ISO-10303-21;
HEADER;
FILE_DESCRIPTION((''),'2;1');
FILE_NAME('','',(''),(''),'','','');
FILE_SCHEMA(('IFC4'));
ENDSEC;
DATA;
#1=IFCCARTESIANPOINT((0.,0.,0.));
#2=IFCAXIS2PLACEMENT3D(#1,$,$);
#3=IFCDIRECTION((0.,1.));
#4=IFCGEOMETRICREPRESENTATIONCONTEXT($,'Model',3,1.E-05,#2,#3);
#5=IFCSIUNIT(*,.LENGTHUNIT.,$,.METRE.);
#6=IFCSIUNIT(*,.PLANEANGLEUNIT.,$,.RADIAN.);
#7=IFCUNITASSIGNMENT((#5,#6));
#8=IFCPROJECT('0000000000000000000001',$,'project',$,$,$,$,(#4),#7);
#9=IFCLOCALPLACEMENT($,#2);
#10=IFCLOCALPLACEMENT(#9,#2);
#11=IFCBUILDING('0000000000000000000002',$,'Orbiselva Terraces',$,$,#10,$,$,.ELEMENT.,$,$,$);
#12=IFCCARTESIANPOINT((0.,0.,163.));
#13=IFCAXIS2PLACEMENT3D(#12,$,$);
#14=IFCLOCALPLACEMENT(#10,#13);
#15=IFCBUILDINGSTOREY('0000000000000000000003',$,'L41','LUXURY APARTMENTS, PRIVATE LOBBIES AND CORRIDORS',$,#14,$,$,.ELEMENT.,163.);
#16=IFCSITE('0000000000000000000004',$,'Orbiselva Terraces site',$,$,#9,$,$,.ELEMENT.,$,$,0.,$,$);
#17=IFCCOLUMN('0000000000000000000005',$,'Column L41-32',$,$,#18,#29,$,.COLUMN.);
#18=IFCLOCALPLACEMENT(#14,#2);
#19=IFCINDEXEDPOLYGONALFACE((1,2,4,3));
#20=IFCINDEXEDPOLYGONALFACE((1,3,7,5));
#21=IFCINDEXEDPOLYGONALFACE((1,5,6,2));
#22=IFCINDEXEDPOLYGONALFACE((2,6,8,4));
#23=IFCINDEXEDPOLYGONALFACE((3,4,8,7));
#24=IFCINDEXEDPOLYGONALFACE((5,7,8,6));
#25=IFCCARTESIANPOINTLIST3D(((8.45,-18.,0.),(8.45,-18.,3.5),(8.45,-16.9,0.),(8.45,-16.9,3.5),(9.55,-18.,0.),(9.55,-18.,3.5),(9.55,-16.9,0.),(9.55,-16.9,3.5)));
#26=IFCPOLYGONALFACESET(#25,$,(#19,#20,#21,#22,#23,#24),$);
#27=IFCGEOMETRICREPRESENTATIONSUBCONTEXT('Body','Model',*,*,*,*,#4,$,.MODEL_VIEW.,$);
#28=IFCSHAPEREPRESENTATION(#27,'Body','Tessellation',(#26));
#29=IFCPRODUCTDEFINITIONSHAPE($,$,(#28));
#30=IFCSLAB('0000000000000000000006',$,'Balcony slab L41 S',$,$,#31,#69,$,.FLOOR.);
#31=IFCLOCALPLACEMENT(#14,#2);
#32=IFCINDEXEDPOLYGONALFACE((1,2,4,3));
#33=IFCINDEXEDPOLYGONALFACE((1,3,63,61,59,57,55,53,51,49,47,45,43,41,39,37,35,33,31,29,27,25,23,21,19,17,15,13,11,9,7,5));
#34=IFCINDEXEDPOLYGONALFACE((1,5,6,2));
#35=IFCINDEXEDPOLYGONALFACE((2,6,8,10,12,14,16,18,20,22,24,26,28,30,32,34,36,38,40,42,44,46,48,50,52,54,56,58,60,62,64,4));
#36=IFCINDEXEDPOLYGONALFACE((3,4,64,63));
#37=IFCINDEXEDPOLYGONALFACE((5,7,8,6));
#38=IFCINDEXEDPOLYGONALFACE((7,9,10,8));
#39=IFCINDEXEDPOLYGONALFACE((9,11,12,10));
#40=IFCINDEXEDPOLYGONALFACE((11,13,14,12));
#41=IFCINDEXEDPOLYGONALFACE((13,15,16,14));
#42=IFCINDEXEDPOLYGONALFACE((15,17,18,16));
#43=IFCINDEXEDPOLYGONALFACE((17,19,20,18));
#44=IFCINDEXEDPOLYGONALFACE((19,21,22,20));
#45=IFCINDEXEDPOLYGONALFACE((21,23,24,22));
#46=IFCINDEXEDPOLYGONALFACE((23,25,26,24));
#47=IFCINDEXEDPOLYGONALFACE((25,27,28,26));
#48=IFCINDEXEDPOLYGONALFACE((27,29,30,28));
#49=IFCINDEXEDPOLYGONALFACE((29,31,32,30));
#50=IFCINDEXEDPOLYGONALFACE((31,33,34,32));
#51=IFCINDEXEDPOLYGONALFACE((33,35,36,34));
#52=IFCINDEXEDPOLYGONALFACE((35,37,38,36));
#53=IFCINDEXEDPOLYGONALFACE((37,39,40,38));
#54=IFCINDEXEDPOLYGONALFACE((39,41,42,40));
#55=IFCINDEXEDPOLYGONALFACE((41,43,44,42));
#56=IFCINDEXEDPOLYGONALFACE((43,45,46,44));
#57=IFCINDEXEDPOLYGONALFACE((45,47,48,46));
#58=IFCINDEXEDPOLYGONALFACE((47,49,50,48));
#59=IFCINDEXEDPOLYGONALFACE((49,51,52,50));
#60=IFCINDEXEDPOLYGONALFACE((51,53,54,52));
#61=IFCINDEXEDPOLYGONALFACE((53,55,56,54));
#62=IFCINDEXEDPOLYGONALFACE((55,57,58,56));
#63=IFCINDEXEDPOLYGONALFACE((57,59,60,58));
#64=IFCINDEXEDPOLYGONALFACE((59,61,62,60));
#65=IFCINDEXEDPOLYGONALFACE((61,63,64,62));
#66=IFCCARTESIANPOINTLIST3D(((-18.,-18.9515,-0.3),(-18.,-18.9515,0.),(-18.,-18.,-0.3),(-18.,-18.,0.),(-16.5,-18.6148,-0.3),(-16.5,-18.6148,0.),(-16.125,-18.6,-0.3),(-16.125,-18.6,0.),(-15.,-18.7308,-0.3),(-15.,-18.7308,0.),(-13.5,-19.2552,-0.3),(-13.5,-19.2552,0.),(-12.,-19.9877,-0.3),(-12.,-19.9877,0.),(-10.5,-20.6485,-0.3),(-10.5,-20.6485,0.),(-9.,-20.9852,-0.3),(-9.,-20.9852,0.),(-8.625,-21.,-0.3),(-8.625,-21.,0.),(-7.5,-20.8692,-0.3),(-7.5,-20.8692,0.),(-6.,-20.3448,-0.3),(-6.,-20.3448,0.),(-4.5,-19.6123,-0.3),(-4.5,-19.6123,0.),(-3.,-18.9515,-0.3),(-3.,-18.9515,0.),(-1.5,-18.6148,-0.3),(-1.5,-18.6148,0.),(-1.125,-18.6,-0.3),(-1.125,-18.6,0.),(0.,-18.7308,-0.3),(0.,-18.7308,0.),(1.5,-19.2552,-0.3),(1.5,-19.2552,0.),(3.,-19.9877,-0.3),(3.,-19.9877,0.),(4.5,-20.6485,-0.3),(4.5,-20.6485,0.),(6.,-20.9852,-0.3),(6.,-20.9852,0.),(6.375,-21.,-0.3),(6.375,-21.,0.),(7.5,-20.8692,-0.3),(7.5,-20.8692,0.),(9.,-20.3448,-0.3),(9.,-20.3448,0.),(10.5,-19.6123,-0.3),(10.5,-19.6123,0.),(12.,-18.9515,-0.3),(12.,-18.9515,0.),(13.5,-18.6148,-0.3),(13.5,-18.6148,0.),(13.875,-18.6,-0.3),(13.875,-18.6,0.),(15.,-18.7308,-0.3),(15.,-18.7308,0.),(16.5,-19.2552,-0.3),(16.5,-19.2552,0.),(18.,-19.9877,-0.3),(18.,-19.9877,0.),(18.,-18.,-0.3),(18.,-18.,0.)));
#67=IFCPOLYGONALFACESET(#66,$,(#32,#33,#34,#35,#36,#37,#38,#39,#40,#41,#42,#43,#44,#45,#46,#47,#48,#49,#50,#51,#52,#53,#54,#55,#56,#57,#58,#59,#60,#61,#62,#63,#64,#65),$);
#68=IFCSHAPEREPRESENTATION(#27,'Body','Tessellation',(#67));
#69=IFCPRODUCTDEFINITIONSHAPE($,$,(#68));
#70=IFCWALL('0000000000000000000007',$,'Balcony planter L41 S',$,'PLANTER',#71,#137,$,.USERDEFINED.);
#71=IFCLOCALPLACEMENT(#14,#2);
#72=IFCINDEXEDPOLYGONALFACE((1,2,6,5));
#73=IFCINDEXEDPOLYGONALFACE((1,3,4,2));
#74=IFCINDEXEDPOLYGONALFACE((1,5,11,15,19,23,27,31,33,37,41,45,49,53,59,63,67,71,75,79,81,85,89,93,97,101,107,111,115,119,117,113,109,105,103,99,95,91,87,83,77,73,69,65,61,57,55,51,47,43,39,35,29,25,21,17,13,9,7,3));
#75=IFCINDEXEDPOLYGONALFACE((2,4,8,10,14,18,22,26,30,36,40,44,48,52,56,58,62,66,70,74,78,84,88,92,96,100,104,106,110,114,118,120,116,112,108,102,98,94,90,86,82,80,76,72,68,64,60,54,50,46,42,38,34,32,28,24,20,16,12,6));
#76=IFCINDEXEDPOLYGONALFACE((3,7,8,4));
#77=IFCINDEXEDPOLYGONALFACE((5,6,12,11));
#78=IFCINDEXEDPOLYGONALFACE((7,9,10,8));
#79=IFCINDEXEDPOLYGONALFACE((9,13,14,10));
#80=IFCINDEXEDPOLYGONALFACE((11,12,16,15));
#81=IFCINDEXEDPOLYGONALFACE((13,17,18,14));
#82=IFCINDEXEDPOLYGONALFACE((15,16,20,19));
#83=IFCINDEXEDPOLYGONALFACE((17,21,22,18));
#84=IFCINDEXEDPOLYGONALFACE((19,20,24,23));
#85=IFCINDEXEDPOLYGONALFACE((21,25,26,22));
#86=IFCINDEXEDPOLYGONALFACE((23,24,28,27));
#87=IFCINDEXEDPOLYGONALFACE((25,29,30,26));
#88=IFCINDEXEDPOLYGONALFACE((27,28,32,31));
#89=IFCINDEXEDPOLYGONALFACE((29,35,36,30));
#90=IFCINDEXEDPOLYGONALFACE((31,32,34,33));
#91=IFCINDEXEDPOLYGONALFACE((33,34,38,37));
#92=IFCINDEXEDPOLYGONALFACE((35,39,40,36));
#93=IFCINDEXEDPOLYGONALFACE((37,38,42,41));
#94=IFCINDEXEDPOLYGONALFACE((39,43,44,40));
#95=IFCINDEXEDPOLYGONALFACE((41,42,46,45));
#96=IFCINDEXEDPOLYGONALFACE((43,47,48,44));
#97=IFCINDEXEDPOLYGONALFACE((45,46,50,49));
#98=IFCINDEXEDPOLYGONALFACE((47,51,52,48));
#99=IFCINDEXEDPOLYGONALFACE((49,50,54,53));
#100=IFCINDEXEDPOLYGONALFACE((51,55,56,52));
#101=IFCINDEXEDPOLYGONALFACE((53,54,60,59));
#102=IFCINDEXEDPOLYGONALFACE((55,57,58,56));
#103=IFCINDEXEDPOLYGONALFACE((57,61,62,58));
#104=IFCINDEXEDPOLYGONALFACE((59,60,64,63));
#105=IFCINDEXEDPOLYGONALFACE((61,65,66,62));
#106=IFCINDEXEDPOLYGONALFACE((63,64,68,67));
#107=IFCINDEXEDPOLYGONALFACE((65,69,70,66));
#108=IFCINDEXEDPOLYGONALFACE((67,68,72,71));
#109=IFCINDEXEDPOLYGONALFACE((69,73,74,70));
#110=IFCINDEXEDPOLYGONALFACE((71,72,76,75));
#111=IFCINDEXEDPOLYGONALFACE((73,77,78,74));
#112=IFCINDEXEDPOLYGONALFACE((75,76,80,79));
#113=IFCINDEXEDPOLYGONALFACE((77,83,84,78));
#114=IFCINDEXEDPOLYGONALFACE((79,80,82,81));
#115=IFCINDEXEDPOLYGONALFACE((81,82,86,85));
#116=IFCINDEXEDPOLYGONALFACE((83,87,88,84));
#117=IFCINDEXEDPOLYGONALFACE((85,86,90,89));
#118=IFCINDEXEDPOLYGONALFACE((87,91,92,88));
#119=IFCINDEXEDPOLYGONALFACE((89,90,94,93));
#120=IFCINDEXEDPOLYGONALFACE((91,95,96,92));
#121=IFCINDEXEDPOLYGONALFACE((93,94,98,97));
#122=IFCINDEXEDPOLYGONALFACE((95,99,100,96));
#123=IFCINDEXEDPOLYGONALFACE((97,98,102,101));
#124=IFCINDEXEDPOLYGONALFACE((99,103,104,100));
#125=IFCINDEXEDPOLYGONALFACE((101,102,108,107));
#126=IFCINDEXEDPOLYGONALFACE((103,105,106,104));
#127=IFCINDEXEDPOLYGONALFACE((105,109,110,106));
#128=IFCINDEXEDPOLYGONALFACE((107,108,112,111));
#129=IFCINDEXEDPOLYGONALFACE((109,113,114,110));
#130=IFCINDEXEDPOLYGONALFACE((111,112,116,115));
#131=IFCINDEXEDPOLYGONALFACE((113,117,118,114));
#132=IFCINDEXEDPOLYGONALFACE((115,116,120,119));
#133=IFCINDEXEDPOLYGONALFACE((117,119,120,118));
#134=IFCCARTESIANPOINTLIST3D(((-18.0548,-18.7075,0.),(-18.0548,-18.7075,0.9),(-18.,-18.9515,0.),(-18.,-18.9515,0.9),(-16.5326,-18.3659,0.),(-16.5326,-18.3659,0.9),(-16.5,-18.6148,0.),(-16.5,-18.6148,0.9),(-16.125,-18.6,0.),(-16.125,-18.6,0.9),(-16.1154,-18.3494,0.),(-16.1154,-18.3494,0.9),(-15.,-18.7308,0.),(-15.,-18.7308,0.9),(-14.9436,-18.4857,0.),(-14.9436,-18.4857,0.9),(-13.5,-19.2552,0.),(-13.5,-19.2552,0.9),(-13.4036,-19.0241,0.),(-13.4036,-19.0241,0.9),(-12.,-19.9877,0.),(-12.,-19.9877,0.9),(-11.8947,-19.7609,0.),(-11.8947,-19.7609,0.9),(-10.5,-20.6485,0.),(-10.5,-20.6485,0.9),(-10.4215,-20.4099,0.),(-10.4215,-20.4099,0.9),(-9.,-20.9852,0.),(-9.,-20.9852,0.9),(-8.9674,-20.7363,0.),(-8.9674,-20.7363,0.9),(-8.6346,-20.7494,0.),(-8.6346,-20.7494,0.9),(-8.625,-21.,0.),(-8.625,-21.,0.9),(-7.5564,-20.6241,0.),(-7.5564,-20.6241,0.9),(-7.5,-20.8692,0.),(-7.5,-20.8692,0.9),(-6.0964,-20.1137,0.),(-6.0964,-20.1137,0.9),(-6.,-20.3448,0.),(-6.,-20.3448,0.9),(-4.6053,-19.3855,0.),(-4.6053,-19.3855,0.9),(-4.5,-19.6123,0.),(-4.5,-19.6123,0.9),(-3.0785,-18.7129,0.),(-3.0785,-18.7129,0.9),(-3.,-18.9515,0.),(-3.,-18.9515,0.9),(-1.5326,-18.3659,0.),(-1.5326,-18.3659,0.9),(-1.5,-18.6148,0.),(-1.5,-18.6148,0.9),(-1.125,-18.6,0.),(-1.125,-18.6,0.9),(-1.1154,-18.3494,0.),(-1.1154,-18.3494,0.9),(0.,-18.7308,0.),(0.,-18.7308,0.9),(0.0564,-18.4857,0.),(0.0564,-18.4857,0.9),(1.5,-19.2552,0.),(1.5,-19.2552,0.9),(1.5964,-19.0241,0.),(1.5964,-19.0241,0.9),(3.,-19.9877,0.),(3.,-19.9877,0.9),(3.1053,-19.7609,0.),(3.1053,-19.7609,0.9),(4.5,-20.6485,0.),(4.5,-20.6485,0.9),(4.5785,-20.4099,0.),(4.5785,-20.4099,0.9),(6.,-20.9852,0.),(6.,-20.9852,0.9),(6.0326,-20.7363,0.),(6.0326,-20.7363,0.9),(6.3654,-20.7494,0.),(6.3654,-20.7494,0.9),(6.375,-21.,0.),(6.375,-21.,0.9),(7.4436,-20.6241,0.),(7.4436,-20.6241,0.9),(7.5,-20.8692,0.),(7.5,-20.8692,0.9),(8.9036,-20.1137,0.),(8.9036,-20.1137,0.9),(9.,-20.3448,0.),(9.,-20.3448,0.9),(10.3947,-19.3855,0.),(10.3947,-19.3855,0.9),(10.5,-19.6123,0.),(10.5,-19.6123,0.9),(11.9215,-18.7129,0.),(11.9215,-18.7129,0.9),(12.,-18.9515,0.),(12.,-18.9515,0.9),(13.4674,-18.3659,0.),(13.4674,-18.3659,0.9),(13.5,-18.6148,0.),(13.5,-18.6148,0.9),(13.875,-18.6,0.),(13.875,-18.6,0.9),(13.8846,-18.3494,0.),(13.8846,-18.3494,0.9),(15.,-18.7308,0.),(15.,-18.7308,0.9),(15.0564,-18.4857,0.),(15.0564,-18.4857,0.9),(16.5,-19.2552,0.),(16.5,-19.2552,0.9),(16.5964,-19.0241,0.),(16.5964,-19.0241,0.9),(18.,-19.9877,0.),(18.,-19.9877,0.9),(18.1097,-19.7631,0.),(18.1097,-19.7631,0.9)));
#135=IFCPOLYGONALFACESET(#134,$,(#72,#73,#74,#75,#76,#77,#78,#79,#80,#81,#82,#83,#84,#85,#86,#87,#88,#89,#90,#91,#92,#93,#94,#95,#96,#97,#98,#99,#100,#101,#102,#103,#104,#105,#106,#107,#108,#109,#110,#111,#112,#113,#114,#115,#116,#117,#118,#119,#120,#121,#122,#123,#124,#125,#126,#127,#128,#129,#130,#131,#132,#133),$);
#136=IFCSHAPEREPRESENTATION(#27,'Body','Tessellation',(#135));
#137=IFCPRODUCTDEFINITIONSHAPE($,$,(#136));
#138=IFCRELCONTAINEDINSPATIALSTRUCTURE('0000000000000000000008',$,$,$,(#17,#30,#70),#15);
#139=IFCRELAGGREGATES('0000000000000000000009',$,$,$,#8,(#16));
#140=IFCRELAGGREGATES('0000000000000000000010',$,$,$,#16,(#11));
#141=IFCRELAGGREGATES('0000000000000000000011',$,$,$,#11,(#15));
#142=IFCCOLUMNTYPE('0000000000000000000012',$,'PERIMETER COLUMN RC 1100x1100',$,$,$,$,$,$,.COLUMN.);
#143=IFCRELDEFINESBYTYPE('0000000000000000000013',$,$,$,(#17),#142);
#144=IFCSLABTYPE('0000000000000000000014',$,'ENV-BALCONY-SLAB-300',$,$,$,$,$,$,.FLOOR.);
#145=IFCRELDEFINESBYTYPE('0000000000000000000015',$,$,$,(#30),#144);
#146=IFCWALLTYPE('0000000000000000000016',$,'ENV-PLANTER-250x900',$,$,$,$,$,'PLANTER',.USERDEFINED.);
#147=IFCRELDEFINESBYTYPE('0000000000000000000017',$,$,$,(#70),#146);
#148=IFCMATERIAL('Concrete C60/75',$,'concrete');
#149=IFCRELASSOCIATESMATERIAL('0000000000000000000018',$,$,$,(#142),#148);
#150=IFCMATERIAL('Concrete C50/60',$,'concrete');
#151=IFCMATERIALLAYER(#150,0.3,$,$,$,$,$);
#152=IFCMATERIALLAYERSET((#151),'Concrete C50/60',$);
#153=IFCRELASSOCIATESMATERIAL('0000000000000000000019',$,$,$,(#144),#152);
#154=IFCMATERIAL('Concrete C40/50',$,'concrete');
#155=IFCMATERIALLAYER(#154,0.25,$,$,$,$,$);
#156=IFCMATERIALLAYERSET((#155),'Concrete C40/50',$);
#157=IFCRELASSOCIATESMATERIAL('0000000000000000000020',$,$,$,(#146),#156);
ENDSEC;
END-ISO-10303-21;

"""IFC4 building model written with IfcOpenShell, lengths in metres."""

from ifc_helpers import new_model, si_unit, direction, frame, origin, origin_2d, place, context, subcontext, project, spatial, polyline, rectangle, outline, extrude, material, layer, layer_set, material_profile, profile_set, type_object, element, save


model = new_model("IFC4")

# Units and contexts
model_context = context("Model", 3, precision=1e-05, world=origin(), true_north=direction((0.0, 1.0)))
body_context = subcontext(model_context, "Body", "Model", "MODEL_VIEW")
ifc_project = project(units=[si_unit("LENGTHUNIT", "METRE"), si_unit("PLANEANGLEUNIT", "RADIAN")], contexts=[model_context])

# Site, building, storey
site_placement = place(None, origin())
site = spatial("IfcSite", under=ifc_project, at=site_placement, Name="Orbiselva Terraces site", CompositionType="ELEMENT", RefElevation=0.0)
building_placement = place(site_placement, origin())
building = spatial("IfcBuilding", under=site, at=building_placement, Name="Orbiselva Terraces", CompositionType="ELEMENT")
storey_placement = place(building_placement, frame((0.0, 0.0, 163.0)))
storey = spatial("IfcBuildingStorey", under=building, at=storey_placement, Name="L41", Description="LUXURY APARTMENTS, PRIVATE LOBBIES AND CORRIDORS", CompositionType="ELEMENT", Elevation=163.0)

# Column
ifc_material_1 = material(Name="Concrete C60/75", Category="concrete")
ifc_material_profile = material_profile(ifc_material_1, rectangle(XDim=1.1, YDim=1.1, at=origin_2d()), Name="RC 1100x1100")
ifc_profile_set = profile_set([ifc_material_profile], Name="Concrete C60/75")
column_type = type_object("IfcColumnType", Name="PERIMETER COLUMN RC 1100x1100", PredefinedType="COLUMN", material=ifc_profile_set)
column_placement = place(storey_placement, frame((9.0, -17.45, 0.0), z_axis=(0.0, 0.0, 1.0), x_axis=(1.0, 0.0, 0.0)))
element("IfcColumn", 1, at=column_placement, inside=storey, type_object=column_type, Name="Column L41-32", PredefinedType="COLUMN", context=body_context, shape_type="SweptSolid", body=[
    extrude(rectangle(XDim=1.1, YDim=1.1, at=origin_2d()), origin(), (0.0, 0.0, 1.0), 3.5),
])

# Slab
ifc_material_2 = material(Name="Concrete C50/60", Category="concrete")
ifc_layer_1 = layer(ifc_material_2, 0.3)
ifc_layer_set_1 = layer_set([ifc_layer_1], Name="Concrete C50/60")
slab_type = type_object("IfcSlabType", Name="ENV-BALCONY-SLAB-300", PredefinedType="FLOOR", material=ifc_layer_set_1)
slab_placement = place(storey_placement, frame((0.0, 0.0, -0.3)))
element("IfcSlab", 2, at=slab_placement, inside=storey, type_object=slab_type, Name="Balcony slab L41 S", PredefinedType="FLOOR", context=body_context, shape_type="SweptSolid", body=[
    extrude(outline(polyline([(-18.0, -18.9515), (-16.5, -18.6148), (-16.125, -18.6), (-15.0, -18.7308), (-13.5, -19.2552), (-12.0, -19.9877), (-10.5, -20.6485), (-9.0, -20.9852), (-8.625, -21.0), (-7.5, -20.8692), (-6.0, -20.3448), (-4.5, -19.6123), (-3.0, -18.9515), (-1.5, -18.6148), (-1.125, -18.6), (0.0, -18.7308), (1.5, -19.2552), (3.0, -19.9877), (4.5, -20.6485), (6.0, -20.9852), (6.375, -21.0), (7.5, -20.8692), (9.0, -20.3448), (10.5, -19.6123), (12.0, -18.9515), (13.5, -18.6148), (13.875, -18.6), (15.0, -18.7308), (16.5, -19.2552), (18.0, -19.9877), (18.0, -18.0), (-18.0, -18.0), (-18.0, -18.9515)])), origin(), (0.0, 0.0, 1.0), 0.3),
])

# Wall
ifc_material_3 = material(Name="Concrete C40/50", Category="concrete")
ifc_layer_2 = layer(ifc_material_3, 0.25)
ifc_layer_set_2 = layer_set([ifc_layer_2], Name="Concrete C40/50")
wall_type_1 = type_object("IfcWallType", Name="ENV-PLANTER-250x900", ElementType="PLANTER", PredefinedType="USERDEFINED", material=ifc_layer_set_2)
wall_1_placement = place(storey_placement, origin())
element("IfcWall", 3, at=wall_1_placement, inside=storey, type_object=wall_type_1, Name="Balcony planter L41 S", ObjectType="PLANTER", PredefinedType="USERDEFINED", context=body_context, shape_type="SweptSolid", body=[
    extrude(outline(polyline([(-18.0, -18.9515), (-16.5, -18.6148), (-16.125, -18.6), (-15.0, -18.7308), (-13.5, -19.2552), (-12.0, -19.9877), (-10.5, -20.6485), (-9.0, -20.9852), (-8.625, -21.0), (-7.5, -20.8692), (-6.0, -20.3448), (-4.5, -19.6123), (-3.0, -18.9515), (-1.5, -18.6148), (-1.125, -18.6), (0.0, -18.7308), (1.5, -19.2552), (3.0, -19.9877), (4.5, -20.6485), (6.0, -20.9852), (6.375, -21.0), (7.5, -20.8692), (9.0, -20.3448), (10.5, -19.6123), (12.0, -18.9515), (13.5, -18.6148), (13.875, -18.6), (15.0, -18.7308), (16.5, -19.2552), (18.0, -19.9877), (18.1097, -19.7631), (16.5964, -19.0241), (15.0564, -18.4857), (13.8846, -18.3494), (13.4674, -18.3659), (11.9215, -18.7129), (10.3947, -19.3855), (8.9036, -20.1137), (7.4436, -20.6241), (6.3654, -20.7494), (6.0326, -20.7363), (4.5785, -20.4099), (3.1053, -19.7609), (1.5964, -19.0241), (0.0564, -18.4857), (-1.1154, -18.3494), (-1.5326, -18.3659), (-3.0785, -18.7129), (-4.6053, -19.3855), (-6.0964, -20.1137), (-7.5564, -20.6241), (-8.6346, -20.7494), (-8.9674, -20.7363), (-10.4215, -20.4099), (-11.8947, -19.7609), (-13.4036, -19.0241), (-14.9436, -18.4857), (-16.1154, -18.3494), (-16.5326, -18.3659), (-18.0548, -18.7075), (-18.0, -18.9515)])), origin(), (0.0, 0.0, 1.0), 0.9),
])

save(model, "model.ifc")
